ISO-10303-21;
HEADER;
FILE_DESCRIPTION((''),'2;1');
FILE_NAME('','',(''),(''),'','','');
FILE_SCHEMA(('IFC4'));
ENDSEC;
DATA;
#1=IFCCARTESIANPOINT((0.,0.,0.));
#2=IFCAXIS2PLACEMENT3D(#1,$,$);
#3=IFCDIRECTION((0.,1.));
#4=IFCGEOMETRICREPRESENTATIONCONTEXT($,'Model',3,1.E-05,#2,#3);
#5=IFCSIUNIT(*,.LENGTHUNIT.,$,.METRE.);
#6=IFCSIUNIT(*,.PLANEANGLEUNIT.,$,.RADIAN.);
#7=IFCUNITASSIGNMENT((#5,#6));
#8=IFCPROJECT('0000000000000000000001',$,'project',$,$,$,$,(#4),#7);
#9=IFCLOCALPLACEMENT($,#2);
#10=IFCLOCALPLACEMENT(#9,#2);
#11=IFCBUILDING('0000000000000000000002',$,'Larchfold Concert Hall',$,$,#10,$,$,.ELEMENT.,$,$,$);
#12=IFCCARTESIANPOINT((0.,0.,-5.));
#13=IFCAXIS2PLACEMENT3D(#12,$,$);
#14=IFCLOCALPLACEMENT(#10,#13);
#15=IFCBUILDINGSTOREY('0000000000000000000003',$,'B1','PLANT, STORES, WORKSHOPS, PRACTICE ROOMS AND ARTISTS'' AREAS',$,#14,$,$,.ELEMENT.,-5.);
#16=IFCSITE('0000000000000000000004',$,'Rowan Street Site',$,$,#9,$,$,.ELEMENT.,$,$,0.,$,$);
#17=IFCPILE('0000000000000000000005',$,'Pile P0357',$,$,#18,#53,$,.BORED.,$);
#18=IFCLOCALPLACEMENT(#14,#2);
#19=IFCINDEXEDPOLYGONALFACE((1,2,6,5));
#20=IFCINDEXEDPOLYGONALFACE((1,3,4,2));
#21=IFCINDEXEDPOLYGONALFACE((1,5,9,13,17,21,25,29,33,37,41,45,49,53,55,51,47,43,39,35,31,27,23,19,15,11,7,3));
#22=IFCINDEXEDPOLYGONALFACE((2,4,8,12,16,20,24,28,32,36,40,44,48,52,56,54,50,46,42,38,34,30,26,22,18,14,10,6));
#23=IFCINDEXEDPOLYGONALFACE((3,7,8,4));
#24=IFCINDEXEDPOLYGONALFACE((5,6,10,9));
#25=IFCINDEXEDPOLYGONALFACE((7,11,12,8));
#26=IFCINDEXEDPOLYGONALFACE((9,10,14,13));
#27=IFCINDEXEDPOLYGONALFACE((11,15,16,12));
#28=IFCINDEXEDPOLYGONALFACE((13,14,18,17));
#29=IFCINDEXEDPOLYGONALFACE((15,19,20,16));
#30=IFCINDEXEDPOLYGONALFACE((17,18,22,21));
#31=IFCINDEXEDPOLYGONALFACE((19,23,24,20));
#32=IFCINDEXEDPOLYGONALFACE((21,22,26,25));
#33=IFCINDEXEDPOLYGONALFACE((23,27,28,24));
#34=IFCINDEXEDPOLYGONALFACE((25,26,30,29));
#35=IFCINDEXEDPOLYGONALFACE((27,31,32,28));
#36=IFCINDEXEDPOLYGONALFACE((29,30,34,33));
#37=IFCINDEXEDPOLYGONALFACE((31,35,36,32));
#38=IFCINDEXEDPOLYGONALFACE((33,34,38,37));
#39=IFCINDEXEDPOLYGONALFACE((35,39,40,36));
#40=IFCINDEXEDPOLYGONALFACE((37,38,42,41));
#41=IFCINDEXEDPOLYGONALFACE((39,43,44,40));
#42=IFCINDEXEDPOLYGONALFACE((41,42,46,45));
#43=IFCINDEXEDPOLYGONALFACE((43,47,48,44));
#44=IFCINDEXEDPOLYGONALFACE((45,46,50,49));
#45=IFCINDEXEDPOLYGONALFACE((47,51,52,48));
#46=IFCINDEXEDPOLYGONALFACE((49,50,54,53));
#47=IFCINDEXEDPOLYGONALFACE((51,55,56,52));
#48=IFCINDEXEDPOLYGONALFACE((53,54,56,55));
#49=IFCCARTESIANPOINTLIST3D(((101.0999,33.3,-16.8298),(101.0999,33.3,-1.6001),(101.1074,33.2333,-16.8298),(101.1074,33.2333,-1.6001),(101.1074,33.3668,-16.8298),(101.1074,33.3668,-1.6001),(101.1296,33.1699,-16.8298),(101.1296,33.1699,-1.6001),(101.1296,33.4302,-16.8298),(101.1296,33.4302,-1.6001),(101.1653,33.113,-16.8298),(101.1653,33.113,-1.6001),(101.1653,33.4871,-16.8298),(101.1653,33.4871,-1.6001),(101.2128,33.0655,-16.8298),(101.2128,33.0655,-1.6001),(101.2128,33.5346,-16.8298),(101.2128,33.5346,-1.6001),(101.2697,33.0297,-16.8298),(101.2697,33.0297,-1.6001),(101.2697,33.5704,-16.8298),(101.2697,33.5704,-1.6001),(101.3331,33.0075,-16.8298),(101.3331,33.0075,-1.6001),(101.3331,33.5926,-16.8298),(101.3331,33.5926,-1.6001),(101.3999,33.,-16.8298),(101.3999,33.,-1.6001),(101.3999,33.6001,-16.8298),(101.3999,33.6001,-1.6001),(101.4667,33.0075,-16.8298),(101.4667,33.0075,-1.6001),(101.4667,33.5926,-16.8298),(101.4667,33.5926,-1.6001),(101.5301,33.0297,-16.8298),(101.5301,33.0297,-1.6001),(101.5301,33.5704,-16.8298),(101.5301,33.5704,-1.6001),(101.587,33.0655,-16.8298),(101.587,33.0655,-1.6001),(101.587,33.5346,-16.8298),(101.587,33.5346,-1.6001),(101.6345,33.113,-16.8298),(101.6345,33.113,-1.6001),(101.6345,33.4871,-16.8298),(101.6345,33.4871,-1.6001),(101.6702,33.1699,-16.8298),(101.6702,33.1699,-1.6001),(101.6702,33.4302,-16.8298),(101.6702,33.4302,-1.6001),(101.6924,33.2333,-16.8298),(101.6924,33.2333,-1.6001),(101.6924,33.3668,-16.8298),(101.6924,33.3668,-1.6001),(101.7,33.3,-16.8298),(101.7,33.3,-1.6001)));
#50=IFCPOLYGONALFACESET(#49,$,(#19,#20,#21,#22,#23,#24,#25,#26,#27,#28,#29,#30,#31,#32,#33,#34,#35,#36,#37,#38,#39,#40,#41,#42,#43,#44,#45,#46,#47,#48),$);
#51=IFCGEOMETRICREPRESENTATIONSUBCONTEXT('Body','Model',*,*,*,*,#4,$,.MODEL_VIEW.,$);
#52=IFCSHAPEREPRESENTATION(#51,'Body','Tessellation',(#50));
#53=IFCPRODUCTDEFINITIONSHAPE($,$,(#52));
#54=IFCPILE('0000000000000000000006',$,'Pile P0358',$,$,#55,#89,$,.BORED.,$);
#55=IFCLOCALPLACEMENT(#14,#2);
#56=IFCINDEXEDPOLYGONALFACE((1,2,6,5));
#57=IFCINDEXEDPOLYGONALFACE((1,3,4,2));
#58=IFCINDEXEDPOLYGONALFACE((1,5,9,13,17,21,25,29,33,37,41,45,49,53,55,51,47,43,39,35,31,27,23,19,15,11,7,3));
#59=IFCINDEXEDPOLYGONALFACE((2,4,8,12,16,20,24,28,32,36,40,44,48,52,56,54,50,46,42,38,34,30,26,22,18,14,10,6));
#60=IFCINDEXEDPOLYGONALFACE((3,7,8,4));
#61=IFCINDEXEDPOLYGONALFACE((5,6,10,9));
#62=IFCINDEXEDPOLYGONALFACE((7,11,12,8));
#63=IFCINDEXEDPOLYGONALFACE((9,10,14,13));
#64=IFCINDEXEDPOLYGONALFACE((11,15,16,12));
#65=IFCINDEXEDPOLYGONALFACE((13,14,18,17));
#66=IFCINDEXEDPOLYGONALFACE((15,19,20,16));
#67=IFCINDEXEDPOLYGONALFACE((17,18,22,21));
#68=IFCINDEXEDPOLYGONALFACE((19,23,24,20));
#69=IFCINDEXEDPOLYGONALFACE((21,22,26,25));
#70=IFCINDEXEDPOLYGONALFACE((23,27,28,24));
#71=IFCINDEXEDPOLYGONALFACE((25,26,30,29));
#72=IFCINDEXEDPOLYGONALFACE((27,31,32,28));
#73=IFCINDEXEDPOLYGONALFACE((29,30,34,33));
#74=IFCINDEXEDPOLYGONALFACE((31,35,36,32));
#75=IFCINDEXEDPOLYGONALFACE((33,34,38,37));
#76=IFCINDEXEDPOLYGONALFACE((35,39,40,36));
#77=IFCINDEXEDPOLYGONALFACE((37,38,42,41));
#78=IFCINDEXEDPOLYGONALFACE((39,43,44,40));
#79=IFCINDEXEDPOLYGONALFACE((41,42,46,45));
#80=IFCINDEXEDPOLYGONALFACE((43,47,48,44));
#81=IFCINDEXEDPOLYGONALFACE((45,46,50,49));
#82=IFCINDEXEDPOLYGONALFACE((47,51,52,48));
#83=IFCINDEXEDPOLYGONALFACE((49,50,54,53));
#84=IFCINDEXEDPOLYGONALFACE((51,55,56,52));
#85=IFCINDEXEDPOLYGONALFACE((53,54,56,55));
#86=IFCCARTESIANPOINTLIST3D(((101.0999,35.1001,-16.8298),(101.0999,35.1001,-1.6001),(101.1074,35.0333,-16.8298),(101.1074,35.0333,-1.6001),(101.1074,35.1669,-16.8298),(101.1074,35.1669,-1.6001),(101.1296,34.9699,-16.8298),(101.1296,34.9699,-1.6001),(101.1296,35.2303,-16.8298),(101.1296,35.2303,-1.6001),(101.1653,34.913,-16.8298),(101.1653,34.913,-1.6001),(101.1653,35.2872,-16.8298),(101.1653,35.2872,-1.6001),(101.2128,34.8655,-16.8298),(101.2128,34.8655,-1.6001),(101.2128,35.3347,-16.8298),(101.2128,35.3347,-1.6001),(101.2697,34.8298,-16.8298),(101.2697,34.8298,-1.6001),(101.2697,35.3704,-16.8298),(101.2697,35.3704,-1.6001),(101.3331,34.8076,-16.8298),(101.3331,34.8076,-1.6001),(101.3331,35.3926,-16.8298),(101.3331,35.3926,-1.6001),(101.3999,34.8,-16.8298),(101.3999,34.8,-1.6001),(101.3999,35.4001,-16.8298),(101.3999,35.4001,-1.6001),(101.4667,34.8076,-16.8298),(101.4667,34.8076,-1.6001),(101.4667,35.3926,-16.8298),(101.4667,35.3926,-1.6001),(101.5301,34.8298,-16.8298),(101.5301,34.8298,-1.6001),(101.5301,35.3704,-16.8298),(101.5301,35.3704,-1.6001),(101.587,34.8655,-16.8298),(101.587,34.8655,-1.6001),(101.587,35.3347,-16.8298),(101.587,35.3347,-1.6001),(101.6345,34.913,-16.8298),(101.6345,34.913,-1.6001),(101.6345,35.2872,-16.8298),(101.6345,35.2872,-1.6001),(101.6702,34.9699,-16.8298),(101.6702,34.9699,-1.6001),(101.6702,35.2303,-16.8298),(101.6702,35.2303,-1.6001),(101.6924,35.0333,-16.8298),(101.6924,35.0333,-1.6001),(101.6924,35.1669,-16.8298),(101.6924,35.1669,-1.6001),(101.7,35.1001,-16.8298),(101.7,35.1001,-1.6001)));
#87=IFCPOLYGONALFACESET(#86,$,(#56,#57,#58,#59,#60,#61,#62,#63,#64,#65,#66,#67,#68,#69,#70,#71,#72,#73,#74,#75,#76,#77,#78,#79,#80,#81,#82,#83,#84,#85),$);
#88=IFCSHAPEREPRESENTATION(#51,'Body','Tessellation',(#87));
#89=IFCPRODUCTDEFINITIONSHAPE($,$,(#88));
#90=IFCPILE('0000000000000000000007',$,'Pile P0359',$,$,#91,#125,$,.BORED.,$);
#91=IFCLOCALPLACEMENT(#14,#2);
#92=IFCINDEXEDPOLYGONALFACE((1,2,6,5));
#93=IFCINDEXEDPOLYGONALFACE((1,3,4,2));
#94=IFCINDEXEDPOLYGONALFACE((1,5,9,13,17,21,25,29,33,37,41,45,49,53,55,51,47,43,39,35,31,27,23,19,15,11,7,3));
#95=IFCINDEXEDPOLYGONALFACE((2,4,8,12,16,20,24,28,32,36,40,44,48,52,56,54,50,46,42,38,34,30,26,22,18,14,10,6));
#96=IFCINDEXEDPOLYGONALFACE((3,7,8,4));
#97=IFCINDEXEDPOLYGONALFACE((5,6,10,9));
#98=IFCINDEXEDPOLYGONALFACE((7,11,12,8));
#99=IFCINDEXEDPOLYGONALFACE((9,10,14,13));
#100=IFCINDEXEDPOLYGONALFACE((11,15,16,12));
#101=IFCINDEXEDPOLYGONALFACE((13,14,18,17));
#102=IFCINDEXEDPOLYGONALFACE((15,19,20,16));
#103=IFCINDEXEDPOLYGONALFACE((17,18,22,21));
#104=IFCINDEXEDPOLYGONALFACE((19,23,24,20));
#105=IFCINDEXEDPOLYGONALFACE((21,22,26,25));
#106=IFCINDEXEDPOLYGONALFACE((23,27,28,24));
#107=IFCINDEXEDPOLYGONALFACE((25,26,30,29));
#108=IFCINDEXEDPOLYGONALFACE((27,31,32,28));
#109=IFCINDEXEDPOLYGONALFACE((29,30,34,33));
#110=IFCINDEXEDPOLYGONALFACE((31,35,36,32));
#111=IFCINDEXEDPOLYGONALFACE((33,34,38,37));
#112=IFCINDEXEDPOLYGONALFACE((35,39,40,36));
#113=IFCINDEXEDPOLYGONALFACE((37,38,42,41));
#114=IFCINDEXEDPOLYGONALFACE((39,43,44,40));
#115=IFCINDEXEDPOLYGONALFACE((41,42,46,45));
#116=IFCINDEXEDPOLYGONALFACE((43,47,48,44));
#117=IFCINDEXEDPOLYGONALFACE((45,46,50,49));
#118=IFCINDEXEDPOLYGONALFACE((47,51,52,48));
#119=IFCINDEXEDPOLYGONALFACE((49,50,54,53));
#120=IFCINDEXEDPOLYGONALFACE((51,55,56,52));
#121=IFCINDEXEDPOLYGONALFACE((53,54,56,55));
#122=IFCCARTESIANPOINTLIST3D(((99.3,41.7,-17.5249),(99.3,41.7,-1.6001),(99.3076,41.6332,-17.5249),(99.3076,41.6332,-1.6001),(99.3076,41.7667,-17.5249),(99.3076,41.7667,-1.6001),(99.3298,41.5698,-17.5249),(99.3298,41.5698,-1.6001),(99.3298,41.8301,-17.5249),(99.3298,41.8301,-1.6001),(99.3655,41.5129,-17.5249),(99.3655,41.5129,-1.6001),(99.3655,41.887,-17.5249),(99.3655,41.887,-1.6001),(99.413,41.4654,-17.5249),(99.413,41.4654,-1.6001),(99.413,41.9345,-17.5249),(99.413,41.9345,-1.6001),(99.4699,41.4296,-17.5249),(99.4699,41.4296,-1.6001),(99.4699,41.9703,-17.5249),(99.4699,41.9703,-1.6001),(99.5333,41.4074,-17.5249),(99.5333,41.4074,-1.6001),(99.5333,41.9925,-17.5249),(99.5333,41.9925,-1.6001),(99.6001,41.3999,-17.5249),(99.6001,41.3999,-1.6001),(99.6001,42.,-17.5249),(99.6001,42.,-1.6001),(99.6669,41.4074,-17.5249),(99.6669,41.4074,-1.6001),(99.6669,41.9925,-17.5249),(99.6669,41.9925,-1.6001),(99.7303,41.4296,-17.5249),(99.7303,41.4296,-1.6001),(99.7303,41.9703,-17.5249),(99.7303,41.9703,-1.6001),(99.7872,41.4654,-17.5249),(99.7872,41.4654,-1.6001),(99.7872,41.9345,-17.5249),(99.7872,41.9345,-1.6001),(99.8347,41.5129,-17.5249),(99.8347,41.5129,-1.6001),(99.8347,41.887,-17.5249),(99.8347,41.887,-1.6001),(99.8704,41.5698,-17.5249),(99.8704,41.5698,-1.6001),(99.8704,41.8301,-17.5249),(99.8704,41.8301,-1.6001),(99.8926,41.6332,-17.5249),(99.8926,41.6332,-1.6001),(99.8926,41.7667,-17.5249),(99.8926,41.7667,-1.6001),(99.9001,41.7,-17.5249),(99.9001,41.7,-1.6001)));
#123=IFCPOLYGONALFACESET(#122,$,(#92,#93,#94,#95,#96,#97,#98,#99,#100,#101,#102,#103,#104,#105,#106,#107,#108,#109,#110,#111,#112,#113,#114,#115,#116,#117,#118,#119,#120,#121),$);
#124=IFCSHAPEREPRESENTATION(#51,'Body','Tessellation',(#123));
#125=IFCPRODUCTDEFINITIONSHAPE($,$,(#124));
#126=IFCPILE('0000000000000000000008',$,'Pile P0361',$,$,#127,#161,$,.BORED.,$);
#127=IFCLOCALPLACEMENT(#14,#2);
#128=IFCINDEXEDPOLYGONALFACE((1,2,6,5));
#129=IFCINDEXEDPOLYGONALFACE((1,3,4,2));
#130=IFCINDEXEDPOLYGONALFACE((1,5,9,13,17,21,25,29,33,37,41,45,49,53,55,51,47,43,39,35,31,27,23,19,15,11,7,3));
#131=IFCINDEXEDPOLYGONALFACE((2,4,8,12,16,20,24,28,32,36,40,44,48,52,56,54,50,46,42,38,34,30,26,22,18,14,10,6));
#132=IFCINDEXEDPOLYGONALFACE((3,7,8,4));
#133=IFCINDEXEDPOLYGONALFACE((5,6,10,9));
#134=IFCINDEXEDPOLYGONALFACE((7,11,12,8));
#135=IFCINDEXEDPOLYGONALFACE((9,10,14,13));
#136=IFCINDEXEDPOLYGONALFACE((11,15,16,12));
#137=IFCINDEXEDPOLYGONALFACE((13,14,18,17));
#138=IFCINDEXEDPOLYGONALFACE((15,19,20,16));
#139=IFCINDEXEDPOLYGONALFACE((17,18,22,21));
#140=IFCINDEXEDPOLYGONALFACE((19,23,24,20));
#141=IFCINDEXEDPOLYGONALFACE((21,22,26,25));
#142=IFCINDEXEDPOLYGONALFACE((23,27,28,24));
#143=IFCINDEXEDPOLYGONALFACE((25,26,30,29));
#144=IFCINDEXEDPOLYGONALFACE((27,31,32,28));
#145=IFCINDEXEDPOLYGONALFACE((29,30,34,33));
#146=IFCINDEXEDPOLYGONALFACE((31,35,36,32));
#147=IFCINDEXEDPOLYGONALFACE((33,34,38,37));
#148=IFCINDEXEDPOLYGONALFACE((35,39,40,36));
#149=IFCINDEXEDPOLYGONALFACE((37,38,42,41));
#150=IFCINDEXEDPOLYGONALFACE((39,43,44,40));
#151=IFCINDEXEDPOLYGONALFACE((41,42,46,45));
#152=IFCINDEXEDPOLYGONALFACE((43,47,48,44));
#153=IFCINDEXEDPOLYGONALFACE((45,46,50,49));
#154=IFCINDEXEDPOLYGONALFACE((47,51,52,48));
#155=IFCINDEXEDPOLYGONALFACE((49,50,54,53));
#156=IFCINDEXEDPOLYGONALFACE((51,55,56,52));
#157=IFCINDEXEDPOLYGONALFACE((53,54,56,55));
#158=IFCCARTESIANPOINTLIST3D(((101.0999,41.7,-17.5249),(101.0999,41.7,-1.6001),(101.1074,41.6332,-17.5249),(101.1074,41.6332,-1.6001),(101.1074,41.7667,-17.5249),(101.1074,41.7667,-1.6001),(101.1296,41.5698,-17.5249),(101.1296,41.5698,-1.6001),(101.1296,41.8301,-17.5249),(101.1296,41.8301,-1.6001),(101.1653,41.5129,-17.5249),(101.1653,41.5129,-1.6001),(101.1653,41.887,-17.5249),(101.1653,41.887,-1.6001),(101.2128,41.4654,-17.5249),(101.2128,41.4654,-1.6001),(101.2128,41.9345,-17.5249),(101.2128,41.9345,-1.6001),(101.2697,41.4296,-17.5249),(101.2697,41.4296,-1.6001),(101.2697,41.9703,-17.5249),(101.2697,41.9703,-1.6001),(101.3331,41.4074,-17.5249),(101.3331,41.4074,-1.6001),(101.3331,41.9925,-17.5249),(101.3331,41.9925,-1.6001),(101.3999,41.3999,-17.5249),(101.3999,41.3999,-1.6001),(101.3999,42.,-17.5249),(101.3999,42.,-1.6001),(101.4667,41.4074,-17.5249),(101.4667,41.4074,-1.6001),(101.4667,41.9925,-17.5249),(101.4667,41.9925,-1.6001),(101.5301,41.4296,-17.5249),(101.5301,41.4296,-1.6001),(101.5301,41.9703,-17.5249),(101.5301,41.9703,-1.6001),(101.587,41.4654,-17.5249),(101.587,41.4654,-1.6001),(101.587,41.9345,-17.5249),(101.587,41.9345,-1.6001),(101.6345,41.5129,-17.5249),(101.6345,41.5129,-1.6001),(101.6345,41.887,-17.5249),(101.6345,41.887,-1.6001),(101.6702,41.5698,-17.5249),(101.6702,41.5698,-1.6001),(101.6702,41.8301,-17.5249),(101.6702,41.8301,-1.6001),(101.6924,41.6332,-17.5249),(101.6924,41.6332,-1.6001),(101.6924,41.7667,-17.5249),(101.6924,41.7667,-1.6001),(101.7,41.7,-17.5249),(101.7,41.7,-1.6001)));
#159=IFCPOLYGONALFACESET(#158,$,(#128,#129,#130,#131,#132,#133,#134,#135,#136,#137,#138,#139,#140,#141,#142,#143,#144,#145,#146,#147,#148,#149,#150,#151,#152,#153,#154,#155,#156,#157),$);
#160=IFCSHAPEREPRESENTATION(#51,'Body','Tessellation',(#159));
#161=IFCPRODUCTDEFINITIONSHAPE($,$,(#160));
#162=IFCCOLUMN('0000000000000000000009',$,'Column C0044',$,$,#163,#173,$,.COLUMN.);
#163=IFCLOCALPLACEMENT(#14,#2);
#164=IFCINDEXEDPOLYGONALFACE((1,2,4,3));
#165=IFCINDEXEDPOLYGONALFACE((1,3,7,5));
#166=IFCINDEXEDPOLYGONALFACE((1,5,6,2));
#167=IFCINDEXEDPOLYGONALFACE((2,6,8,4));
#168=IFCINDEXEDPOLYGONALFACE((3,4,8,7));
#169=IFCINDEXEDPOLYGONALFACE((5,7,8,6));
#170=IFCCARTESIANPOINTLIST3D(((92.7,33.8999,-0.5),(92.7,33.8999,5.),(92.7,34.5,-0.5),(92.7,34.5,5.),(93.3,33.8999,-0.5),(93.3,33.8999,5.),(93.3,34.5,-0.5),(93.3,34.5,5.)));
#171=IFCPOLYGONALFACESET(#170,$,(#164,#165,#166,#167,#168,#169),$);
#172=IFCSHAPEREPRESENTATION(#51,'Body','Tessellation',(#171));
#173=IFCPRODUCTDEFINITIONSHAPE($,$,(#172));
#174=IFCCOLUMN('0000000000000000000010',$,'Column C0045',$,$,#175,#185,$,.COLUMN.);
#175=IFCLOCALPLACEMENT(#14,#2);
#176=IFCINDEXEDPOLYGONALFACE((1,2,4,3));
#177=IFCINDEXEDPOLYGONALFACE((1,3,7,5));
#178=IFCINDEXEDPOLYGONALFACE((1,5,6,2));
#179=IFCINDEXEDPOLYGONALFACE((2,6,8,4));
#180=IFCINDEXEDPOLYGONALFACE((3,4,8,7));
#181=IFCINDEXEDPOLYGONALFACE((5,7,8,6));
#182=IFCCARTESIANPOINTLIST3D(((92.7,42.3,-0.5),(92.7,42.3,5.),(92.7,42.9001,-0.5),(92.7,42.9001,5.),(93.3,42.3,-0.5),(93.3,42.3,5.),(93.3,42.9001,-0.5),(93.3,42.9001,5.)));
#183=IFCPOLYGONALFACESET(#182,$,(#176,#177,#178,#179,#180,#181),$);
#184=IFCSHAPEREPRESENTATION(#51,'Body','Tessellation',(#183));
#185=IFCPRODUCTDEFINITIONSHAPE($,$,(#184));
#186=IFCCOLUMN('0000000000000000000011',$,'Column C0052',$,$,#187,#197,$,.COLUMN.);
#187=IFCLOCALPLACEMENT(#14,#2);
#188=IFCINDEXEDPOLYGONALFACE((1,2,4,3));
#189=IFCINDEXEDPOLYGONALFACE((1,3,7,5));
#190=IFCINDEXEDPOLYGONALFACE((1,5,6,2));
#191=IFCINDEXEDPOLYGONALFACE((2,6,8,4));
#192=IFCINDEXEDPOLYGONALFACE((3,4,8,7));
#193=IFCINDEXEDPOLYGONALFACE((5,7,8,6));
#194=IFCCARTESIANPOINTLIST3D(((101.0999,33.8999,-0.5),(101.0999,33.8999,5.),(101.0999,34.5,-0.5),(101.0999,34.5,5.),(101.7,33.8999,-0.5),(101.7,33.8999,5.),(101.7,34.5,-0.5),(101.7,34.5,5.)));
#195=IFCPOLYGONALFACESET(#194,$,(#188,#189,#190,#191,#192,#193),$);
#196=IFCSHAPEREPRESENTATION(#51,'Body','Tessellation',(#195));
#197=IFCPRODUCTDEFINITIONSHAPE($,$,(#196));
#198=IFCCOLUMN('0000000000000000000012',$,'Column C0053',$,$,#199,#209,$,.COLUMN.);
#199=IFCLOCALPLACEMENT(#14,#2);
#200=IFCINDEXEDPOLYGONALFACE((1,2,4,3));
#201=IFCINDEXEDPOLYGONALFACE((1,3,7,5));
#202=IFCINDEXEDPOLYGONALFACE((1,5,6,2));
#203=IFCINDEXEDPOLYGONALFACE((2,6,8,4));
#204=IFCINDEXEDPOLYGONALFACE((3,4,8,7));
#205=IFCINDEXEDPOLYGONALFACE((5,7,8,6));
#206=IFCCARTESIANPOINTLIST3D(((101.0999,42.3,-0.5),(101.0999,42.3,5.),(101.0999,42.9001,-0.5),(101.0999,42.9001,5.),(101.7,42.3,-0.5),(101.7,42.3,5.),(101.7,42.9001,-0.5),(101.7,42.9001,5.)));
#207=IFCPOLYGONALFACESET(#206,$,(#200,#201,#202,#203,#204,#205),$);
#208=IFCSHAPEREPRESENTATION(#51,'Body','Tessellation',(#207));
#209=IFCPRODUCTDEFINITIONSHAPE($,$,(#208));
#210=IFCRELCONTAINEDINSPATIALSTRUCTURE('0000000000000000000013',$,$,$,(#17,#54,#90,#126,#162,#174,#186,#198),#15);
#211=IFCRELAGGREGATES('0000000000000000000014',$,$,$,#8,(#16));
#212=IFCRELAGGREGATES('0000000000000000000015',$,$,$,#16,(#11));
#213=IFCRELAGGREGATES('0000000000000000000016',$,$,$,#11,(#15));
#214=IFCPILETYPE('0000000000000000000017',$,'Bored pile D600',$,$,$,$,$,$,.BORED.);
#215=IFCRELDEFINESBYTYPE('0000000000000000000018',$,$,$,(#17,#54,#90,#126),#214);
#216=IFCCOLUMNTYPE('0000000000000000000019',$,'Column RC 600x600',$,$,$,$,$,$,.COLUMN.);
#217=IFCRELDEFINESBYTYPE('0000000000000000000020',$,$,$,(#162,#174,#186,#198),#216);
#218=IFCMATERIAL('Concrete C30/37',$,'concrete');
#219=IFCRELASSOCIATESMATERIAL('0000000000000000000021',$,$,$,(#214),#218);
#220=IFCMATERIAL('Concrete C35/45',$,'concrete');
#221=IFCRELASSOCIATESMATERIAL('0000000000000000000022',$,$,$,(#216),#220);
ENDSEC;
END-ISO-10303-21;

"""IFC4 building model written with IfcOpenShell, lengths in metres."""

from ifc_helpers import new_model, si_unit, direction, frame, origin, origin_2d, place, context, subcontext, project, spatial, rectangle, circle, extrude, material, material_profile, profile_set, type_object, element, save


model = new_model("IFC4")

# Units and contexts
model_context = context("Model", 3, precision=1e-05, world=origin(), true_north=direction((0.0, 1.0)))
body_context = subcontext(model_context, "Body", "Model", "MODEL_VIEW")
ifc_project = project(units=[si_unit("LENGTHUNIT", "METRE"), si_unit("PLANEANGLEUNIT", "RADIAN")], contexts=[model_context])

# Site, building, storey
site_placement = place(None, origin())
site = spatial("IfcSite", under=ifc_project, at=site_placement, Name="Rowan Street Site", CompositionType="ELEMENT", RefElevation=0.0)
building_placement = place(site_placement, origin())
building = spatial("IfcBuilding", under=site, at=building_placement, Name="Larchfold Concert Hall", CompositionType="ELEMENT")
storey_placement = place(building_placement, frame((0.0, 0.0, -5.0)))
storey = spatial("IfcBuildingStorey", under=building, at=storey_placement, Name="B1", Description="PLANT, STORES, WORKSHOPS, PRACTICE ROOMS AND ARTISTS' AREAS", CompositionType="ELEMENT", Elevation=-5.0)

# Piles
ifc_material_1 = material(Name="Concrete C30/37", Category="concrete")
ifc_material_profile_1 = material_profile(ifc_material_1, circle(Radius=0.3, at=origin_2d()))
ifc_profile_set_1 = profile_set([ifc_material_profile_1], Name="Concrete C30/37")
pile_type = type_object("IfcPileType", Name="Bored pile D600", PredefinedType="BORED", material=ifc_profile_set_1)
for number, where, z_axis, x_axis, name in (
    (1, (101.3999, 33.3, -1.6001), (0.0, 0.0, -1.0), (1.0, 0.0, 0.0), "Pile P0357"),
    (2, (101.3999, 35.1001, -1.6001), (0.0, 0.0, -1.0), (1.0, 0.0, 0.0), "Pile P0358"),
):
    element("IfcPile", number, at=place(storey_placement, frame(where, z_axis=z_axis, x_axis=x_axis)), inside=storey, type_object=pile_type, Name=name, PredefinedType="BORED", context=body_context, shape_type="SweptSolid", body=[
        extrude(circle(Radius=0.3, at=origin_2d()), origin(), (0.0, 0.0, 1.0), 15.2297),
    ])
for number, where, z_axis, x_axis, name in (
    (3, (99.6001, 41.7, -1.6001), (0.0, 0.0, -1.0), (1.0, 0.0, 0.0), "Pile P0359"),
    (4, (101.3999, 41.7, -1.6001), (0.0, 0.0, -1.0), (1.0, 0.0, 0.0), "Pile P0361"),
):
    element("IfcPile", number, at=place(storey_placement, frame(where, z_axis=z_axis, x_axis=x_axis)), inside=storey, type_object=pile_type, Name=name, PredefinedType="BORED", context=body_context, shape_type="SweptSolid", body=[
        extrude(circle(Radius=0.3, at=origin_2d()), origin(), (0.0, 0.0, 1.0), 15.9248),
    ])

# Columns
ifc_material_2 = material(Name="Concrete C35/45", Category="concrete")
ifc_material_profile_2 = material_profile(ifc_material_2, rectangle(XDim=0.6001, YDim=0.6001, at=origin_2d()))
ifc_profile_set_2 = profile_set([ifc_material_profile_2], Name="Concrete C35/45")
column_type = type_object("IfcColumnType", Name="Column RC 600x600", PredefinedType="COLUMN", material=ifc_profile_set_2)
for number, where, z_axis, x_axis, name in (
    (5, (93.0, 34.2, -0.5), (0.0, 0.0, 1.0), (1.0, 0.0, 0.0), "Column C0044"),
    (6, (93.0, 42.6001, -0.5), (0.0, 0.0, 1.0), (1.0, 0.0, 0.0), "Column C0045"),
    (7, (101.3999, 34.2, -0.5), (0.0, 0.0, 1.0), (1.0, 0.0, 0.0), "Column C0052"),
    (8, (101.3999, 42.6001, -0.5), (0.0, 0.0, 1.0), (1.0, 0.0, 0.0), "Column C0053"),
):
    element("IfcColumn", number, at=place(storey_placement, frame(where, z_axis=z_axis, x_axis=x_axis)), inside=storey, type_object=column_type, Name=name, PredefinedType="COLUMN", context=body_context, shape_type="SweptSolid", body=[
        extrude(rectangle(XDim=0.6001, YDim=0.6001, at=origin_2d()), origin(), (0.0, 0.0, 1.0), 5.5),
    ])

save(model, "model.ifc")
